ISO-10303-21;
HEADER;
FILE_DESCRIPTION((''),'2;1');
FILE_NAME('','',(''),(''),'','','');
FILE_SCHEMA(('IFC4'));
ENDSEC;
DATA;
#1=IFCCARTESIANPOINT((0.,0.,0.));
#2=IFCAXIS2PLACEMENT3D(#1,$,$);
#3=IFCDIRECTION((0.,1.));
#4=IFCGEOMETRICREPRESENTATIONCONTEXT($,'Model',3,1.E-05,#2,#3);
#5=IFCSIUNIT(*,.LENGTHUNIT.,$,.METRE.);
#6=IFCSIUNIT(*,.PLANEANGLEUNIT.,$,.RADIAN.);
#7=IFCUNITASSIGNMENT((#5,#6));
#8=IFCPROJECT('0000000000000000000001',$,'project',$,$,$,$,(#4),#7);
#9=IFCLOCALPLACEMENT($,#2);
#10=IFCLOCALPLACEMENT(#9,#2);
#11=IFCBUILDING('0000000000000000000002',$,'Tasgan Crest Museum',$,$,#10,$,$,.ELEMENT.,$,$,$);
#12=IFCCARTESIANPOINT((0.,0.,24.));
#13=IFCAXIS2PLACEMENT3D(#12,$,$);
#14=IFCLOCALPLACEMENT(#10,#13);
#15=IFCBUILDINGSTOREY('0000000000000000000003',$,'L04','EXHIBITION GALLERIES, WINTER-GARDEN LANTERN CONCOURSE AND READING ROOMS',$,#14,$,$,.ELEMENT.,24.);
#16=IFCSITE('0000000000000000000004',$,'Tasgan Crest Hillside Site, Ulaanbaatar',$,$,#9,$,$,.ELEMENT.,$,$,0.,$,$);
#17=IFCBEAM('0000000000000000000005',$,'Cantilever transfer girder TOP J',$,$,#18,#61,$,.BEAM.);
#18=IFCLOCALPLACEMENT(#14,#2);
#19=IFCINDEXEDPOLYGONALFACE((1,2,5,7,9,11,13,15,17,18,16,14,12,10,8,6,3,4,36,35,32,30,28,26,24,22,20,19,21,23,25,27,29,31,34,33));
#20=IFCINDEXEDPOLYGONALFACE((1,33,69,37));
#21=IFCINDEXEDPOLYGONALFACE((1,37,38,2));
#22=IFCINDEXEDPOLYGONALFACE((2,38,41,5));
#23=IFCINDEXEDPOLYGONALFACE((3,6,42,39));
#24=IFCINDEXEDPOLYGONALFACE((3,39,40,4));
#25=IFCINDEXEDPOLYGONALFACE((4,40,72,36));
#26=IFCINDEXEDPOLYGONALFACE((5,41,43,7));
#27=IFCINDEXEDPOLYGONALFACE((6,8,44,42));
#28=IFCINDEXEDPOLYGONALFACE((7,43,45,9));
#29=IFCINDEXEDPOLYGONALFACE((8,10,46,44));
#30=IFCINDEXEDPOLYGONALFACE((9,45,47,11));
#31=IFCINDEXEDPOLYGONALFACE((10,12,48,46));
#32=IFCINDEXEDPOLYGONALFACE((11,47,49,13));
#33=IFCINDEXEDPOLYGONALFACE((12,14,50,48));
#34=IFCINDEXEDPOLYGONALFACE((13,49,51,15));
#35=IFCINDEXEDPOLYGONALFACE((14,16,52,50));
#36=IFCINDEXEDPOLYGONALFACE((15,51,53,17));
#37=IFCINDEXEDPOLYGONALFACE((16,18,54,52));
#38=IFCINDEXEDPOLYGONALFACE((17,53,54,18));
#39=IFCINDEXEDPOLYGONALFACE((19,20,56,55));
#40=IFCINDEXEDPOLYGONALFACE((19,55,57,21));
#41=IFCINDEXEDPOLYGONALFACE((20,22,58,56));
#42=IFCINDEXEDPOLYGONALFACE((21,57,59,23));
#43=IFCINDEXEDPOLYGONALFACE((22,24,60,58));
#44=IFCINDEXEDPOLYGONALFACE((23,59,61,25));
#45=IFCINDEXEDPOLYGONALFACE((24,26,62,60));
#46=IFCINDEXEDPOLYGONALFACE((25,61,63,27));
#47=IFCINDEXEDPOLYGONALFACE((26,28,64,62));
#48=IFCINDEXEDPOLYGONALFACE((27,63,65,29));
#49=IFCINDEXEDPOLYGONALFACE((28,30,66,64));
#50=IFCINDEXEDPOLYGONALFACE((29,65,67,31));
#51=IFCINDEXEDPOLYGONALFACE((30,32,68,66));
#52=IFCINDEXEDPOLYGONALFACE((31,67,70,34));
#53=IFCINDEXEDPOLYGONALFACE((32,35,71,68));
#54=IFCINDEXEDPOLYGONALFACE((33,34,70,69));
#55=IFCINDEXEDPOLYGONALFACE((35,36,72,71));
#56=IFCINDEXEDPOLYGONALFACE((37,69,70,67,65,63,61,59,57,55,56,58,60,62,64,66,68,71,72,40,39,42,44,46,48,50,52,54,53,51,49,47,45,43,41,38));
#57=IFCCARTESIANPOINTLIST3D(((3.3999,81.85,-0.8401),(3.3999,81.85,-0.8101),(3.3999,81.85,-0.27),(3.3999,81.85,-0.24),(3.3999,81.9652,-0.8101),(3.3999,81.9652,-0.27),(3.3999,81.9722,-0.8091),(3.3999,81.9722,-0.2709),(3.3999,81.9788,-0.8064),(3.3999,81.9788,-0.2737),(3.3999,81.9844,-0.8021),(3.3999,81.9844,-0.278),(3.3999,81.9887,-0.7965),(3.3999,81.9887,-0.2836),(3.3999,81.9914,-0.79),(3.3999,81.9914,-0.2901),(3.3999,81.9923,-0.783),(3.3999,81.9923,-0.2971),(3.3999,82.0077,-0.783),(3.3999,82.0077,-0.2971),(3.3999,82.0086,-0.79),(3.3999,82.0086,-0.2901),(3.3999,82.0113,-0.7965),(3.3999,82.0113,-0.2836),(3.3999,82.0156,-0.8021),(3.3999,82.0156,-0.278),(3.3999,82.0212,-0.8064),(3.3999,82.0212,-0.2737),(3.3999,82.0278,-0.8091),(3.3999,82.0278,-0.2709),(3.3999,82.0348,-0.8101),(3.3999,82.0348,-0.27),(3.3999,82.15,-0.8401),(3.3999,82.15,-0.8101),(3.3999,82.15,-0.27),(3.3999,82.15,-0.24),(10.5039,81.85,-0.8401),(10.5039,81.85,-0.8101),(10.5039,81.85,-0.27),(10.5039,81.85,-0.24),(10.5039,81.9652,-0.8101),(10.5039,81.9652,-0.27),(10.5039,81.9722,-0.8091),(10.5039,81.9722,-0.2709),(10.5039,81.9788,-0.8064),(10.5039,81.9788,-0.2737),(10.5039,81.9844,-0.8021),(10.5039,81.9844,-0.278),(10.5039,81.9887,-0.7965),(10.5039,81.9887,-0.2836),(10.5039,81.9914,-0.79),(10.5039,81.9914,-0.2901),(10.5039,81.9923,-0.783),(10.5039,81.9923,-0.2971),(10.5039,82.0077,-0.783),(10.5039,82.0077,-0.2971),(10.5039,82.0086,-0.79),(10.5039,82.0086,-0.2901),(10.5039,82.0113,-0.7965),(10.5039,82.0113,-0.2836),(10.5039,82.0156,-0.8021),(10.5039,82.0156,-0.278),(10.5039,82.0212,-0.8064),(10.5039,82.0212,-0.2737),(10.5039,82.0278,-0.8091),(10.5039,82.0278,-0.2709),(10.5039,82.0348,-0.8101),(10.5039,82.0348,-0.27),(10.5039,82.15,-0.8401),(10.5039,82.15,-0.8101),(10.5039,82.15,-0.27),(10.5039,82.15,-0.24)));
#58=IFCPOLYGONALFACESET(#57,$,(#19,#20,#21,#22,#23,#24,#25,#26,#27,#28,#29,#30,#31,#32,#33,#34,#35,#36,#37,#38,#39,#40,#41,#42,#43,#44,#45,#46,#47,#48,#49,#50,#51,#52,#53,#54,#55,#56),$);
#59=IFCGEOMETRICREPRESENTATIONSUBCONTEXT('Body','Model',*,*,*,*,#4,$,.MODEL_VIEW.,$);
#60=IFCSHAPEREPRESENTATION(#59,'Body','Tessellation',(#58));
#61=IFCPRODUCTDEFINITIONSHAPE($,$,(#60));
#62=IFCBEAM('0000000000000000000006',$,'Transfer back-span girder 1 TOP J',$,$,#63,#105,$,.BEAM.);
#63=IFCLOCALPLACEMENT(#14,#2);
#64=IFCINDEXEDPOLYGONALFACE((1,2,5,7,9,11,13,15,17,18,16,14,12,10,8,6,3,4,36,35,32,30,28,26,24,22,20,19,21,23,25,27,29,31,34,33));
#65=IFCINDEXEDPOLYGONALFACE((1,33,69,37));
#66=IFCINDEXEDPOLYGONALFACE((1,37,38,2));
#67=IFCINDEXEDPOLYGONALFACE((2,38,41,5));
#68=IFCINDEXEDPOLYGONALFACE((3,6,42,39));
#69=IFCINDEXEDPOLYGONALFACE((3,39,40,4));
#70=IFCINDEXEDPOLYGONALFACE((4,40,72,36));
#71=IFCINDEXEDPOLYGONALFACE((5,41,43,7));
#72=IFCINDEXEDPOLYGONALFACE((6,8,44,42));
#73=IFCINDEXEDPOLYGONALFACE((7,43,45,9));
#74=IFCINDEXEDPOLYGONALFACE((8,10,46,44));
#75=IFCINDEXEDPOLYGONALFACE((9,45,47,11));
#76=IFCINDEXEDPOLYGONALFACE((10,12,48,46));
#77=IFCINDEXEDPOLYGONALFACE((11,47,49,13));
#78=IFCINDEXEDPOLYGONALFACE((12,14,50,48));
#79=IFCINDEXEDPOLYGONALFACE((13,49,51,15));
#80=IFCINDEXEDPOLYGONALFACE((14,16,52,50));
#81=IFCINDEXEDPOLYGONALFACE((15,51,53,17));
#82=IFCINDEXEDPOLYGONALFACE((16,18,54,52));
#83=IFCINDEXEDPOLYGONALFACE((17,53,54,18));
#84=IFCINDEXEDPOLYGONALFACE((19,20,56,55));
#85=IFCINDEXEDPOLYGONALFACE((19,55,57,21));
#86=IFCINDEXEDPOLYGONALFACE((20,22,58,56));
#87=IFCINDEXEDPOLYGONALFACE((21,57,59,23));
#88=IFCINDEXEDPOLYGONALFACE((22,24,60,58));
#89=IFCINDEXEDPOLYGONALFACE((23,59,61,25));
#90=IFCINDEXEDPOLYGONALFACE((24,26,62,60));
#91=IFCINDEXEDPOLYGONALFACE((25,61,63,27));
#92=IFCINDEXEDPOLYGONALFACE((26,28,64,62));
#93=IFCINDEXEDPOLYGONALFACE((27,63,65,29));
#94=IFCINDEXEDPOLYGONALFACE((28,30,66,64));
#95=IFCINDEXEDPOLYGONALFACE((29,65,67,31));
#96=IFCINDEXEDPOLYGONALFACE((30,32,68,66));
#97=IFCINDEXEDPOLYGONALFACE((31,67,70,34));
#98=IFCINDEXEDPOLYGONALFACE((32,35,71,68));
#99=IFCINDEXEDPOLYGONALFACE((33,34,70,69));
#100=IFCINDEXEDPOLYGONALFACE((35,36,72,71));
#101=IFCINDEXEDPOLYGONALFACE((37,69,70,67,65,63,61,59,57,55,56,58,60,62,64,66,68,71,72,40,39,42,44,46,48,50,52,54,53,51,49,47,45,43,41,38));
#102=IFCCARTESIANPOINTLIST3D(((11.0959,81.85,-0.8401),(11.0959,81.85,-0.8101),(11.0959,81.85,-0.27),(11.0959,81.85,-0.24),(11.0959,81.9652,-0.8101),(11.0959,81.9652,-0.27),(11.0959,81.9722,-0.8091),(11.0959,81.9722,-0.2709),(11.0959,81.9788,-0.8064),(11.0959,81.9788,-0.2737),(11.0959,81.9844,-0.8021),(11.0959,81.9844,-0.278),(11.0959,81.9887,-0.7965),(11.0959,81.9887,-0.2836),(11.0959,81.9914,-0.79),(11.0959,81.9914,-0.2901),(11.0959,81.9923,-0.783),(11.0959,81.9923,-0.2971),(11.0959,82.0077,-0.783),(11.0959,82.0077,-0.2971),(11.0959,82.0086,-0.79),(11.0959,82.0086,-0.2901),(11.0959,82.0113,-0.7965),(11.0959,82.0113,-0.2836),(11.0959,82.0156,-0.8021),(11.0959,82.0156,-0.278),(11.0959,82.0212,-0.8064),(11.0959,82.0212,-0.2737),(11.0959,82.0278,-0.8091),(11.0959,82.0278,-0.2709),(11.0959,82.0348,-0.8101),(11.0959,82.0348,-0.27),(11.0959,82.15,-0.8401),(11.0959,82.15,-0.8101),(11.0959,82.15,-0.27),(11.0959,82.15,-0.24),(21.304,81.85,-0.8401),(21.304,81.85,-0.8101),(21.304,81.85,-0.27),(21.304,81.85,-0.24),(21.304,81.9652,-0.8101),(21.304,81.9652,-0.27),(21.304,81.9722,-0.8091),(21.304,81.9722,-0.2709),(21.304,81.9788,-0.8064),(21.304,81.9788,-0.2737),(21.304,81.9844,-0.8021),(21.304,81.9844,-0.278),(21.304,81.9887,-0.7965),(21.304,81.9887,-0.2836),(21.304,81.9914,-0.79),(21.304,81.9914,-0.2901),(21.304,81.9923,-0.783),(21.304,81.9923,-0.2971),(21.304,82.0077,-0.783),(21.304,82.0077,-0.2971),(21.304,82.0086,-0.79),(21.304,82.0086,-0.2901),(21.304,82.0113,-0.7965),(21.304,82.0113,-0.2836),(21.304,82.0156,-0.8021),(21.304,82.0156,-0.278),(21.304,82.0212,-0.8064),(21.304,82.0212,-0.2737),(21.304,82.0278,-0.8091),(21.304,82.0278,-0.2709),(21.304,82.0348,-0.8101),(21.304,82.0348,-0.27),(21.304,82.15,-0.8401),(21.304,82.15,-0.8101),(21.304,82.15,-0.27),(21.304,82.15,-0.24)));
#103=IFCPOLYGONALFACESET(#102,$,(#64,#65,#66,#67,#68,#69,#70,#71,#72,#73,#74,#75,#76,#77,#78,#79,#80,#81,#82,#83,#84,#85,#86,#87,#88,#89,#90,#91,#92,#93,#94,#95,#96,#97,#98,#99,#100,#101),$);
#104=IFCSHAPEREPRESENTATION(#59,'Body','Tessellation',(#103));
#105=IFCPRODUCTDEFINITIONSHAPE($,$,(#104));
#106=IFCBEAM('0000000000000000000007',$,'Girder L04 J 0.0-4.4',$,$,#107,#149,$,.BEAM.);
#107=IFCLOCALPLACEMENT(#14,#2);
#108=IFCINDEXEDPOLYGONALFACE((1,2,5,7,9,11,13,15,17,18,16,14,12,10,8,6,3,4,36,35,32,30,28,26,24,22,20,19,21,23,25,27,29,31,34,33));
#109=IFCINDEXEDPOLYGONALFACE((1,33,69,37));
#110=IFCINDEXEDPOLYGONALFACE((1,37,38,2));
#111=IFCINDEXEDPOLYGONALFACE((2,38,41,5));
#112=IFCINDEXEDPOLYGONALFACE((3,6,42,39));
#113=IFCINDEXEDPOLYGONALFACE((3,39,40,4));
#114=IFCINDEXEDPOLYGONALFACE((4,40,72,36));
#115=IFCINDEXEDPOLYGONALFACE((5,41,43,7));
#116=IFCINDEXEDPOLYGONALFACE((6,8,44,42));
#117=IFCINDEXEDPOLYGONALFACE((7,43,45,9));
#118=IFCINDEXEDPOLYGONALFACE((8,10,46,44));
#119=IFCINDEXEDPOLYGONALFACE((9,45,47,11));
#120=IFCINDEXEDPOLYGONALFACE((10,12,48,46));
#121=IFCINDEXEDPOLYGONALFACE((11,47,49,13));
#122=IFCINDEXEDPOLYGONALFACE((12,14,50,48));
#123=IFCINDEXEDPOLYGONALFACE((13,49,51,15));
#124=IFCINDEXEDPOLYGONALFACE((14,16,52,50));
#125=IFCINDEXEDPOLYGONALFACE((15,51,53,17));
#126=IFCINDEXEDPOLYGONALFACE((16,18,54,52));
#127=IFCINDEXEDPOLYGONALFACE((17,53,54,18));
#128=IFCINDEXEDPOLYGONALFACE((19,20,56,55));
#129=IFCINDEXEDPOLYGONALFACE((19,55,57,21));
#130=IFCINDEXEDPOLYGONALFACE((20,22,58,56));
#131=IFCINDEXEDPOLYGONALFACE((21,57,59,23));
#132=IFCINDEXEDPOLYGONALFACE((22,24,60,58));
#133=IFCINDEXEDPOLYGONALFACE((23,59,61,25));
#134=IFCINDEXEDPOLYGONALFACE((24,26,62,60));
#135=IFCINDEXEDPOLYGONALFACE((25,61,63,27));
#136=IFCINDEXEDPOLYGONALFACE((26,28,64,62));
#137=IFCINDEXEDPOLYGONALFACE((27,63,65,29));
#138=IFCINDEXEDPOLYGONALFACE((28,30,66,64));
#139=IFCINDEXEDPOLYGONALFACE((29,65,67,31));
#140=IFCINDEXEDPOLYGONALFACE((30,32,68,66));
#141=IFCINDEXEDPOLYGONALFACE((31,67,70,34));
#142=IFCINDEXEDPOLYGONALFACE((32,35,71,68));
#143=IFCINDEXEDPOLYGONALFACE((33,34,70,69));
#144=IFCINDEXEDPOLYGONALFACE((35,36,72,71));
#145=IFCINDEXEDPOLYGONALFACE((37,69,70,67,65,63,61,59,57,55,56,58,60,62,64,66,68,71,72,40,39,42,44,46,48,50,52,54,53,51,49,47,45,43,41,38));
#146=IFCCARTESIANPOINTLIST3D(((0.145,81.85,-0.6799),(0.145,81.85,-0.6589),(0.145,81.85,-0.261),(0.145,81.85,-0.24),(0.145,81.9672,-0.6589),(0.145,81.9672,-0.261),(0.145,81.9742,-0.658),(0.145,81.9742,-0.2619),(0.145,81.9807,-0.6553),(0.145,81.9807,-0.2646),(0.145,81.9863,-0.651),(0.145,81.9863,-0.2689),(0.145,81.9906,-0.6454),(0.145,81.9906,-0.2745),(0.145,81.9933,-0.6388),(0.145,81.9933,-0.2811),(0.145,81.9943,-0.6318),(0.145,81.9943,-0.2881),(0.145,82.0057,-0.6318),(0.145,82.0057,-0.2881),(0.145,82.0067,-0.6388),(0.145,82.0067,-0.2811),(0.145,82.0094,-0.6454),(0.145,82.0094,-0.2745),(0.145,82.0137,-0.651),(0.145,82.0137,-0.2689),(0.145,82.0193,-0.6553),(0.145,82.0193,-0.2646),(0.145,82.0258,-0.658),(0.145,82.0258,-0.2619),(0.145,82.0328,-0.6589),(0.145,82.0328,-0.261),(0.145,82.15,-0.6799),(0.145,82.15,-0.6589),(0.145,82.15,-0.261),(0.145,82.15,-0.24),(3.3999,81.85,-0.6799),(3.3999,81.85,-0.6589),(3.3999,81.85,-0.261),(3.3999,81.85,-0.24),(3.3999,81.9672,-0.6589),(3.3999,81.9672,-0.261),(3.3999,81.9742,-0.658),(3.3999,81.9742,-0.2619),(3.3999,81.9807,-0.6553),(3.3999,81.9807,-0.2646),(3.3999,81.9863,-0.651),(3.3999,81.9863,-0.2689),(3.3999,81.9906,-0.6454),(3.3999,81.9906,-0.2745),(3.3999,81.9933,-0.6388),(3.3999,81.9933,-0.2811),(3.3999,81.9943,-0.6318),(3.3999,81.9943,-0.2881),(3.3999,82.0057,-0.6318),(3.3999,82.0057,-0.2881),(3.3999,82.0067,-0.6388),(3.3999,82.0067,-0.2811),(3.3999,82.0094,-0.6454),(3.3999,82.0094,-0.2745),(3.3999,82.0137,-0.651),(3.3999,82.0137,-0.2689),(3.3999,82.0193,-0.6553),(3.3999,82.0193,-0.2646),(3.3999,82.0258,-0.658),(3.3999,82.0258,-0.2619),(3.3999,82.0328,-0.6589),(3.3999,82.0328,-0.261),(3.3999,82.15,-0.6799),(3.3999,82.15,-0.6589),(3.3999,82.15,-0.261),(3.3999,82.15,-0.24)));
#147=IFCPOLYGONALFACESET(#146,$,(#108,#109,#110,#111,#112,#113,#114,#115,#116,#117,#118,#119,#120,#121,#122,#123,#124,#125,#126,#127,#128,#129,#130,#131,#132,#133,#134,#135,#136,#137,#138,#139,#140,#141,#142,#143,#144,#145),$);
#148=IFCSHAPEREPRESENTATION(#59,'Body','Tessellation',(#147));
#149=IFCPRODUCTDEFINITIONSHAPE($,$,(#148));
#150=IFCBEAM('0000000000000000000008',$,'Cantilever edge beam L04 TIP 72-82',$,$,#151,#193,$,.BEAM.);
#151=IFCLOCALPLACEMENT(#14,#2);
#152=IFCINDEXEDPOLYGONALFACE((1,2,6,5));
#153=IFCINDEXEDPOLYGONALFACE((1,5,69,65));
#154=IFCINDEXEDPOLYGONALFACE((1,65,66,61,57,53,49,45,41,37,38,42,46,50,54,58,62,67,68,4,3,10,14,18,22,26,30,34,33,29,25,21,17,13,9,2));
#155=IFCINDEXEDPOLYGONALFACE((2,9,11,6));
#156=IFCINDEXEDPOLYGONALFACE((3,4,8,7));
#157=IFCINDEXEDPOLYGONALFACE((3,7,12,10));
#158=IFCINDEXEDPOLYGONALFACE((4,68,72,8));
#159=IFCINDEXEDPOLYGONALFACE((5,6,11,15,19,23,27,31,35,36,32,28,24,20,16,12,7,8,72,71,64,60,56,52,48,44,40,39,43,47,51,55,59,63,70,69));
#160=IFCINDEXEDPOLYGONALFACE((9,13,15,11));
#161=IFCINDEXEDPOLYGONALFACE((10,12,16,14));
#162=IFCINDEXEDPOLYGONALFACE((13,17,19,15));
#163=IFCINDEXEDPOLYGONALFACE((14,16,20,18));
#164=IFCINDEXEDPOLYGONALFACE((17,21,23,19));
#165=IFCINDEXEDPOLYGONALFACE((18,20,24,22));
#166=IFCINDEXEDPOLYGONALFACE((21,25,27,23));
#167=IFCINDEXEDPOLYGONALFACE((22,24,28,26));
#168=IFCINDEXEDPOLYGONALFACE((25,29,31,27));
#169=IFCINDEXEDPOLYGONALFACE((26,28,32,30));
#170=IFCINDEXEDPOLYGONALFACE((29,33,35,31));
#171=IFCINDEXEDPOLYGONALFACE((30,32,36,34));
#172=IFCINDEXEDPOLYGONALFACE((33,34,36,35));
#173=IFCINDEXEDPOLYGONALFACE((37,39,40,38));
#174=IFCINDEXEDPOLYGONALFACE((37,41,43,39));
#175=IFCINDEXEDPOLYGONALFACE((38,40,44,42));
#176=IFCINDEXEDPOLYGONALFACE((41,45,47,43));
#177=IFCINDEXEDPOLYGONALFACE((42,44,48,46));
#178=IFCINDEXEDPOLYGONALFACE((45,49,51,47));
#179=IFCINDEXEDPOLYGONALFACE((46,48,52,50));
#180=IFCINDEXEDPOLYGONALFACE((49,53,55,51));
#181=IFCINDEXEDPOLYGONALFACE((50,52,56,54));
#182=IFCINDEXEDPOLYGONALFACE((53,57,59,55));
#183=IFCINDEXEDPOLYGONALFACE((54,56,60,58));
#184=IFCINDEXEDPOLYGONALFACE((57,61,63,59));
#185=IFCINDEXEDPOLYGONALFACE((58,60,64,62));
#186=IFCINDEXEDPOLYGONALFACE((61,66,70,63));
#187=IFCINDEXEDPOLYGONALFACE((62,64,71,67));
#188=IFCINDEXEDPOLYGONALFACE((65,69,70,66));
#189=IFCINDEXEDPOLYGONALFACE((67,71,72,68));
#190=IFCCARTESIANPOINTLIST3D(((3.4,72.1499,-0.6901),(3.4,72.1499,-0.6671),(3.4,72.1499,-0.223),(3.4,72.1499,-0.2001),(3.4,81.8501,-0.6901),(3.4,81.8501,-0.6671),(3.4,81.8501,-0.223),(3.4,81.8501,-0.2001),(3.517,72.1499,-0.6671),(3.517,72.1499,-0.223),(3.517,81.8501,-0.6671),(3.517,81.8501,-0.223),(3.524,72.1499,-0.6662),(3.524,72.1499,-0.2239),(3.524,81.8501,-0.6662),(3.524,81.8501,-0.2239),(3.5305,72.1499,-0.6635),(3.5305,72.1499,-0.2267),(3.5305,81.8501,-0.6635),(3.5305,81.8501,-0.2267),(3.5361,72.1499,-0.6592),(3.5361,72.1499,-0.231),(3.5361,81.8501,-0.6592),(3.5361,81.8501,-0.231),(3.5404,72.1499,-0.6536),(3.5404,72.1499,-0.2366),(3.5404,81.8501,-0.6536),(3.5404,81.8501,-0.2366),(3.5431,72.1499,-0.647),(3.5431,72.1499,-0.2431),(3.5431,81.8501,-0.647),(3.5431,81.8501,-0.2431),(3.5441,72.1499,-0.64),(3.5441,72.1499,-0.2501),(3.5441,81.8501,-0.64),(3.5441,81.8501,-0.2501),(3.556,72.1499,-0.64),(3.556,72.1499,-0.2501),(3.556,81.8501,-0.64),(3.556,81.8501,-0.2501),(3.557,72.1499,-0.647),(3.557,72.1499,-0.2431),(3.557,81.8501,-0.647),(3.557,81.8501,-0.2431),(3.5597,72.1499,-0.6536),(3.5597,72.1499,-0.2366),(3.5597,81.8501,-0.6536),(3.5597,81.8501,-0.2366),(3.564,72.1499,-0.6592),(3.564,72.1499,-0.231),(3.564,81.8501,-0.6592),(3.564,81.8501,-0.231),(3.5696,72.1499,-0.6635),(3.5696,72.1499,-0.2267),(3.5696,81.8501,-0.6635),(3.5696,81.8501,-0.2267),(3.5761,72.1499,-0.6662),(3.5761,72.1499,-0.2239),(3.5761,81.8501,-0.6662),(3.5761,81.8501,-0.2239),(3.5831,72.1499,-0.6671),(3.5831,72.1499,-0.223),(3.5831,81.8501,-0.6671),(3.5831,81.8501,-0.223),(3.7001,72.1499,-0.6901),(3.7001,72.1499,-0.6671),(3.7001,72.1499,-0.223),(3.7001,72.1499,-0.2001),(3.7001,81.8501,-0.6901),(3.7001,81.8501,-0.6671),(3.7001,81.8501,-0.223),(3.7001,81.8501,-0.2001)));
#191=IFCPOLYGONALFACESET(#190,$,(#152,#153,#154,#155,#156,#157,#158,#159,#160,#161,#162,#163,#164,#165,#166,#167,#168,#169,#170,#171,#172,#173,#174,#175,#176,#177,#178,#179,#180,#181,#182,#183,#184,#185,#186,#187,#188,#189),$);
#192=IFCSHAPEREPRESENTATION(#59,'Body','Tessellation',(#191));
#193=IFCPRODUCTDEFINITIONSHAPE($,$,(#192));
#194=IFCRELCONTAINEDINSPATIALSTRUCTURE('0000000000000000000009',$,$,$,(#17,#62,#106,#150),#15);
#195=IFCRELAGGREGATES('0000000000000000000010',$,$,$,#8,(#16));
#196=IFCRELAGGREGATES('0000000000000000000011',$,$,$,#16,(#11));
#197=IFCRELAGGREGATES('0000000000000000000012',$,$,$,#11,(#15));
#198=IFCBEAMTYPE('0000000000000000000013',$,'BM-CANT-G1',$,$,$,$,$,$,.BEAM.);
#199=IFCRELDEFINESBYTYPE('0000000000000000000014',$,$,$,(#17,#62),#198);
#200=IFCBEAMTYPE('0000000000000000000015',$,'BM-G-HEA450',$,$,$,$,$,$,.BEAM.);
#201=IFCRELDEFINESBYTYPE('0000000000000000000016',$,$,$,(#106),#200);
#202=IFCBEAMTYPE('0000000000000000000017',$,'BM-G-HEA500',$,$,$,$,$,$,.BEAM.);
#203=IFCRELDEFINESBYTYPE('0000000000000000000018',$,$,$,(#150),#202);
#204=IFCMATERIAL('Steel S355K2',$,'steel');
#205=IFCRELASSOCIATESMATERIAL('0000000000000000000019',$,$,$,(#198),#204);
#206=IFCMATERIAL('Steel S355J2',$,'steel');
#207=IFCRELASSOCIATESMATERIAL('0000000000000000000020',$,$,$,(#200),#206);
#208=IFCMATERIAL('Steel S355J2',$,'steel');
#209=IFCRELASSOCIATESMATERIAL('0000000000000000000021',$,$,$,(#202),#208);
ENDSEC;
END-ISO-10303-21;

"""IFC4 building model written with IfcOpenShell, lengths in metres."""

from ifc_helpers import new_model, si_unit, direction, frame, origin, origin_2d, place, context, subcontext, project, spatial, i_section, extrude, material, material_profile, profile_set, type_object, element, save


model = new_model("IFC4")

# Units and contexts
model_context = context("Model", 3, precision=1e-05, world=origin(), true_north=direction((0.0, 1.0)))
body_context = subcontext(model_context, "Body", "Model", "MODEL_VIEW")
ifc_project = project(units=[si_unit("LENGTHUNIT", "METRE"), si_unit("PLANEANGLEUNIT", "RADIAN")], contexts=[model_context])

# Site, building, storey
site_placement = place(None, origin())
site = spatial("IfcSite", under=ifc_project, at=site_placement, Name="Tasgan Crest Hillside Site, Ulaanbaatar", CompositionType="ELEMENT", RefElevation=0.0)
building_placement = place(site_placement, origin())
building = spatial("IfcBuilding", under=site, at=building_placement, Name="Tasgan Crest Museum", CompositionType="ELEMENT")
storey_placement = place(building_placement, frame((0.0, 0.0, 24.0)))
storey = spatial("IfcBuildingStorey", under=building, at=storey_placement, Name="L04", Description="EXHIBITION GALLERIES, WINTER-GARDEN LANTERN CONCOURSE AND READING ROOMS", CompositionType="ELEMENT", Elevation=24.0)

# Beams
ifc_material_1 = material(Name="Steel S355K2", Category="steel")
ifc_material_profile_1 = material_profile(ifc_material_1, i_section(OverallWidth=0.3, OverallDepth=0.6001, WebThickness=0.0154, FlangeThickness=0.03, FilletRadius=0.0271, at=origin_2d()), Name="HEB 600")
ifc_profile_set_1 = profile_set([ifc_material_profile_1], Name="Steel S355K2")
beam_type_1 = type_object("IfcBeamType", Name="BM-CANT-G1", PredefinedType="BEAM", material=ifc_profile_set_1)
beam_1_placement = place(storey_placement, frame((3.3999, 82.0, -0.54), z_axis=(1.0, 0.0, 0.0), x_axis=(0.0, 1.0, 0.0)))
element("IfcBeam", 1, at=beam_1_placement, inside=storey, type_object=beam_type_1, Name="Cantilever transfer girder TOP J", PredefinedType="BEAM", context=body_context, shape_type="SweptSolid", body=[
    extrude(i_section(OverallWidth=0.3, OverallDepth=0.6001, WebThickness=0.0154, FlangeThickness=0.03, FilletRadius=0.0271, at=origin_2d()), origin(), (0.0, 0.0, 1.0), 7.104),
])
beam_2_placement = place(storey_placement, frame((11.0959, 82.0, -0.54), z_axis=(1.0, 0.0, 0.0), x_axis=(0.0, 1.0, 0.0)))
element("IfcBeam", 2, at=beam_2_placement, inside=storey, type_object=beam_type_1, Name="Transfer back-span girder 1 TOP J", PredefinedType="BEAM", context=body_context, shape_type="SweptSolid", body=[
    extrude(i_section(OverallWidth=0.3, OverallDepth=0.6001, WebThickness=0.0154, FlangeThickness=0.03, FilletRadius=0.0271, at=origin_2d()), origin(), (0.0, 0.0, 1.0), 10.208),
])
ifc_material_2 = material(Name="Steel S355J2", Category="steel")
ifc_material_profile_2 = material_profile(ifc_material_2, i_section(OverallWidth=0.3, OverallDepth=0.4399, WebThickness=0.0115, FlangeThickness=0.021, FilletRadius=0.0271, at=origin_2d()), Name="HEA 450")
ifc_profile_set_2 = profile_set([ifc_material_profile_2], Name="Steel S355J2")
beam_type_2 = type_object("IfcBeamType", Name="BM-G-HEA450", PredefinedType="BEAM", material=ifc_profile_set_2)
beam_3_placement = place(storey_placement, frame((0.145, 82.0, -0.46), z_axis=(1.0, 0.0, 0.0), x_axis=(0.0, 1.0, 0.0)))
element("IfcBeam", 3, at=beam_3_placement, inside=storey, type_object=beam_type_2, Name="Girder L04 J 0.0-4.4", PredefinedType="BEAM", context=body_context, shape_type="SweptSolid", body=[
    extrude(i_section(OverallWidth=0.3, OverallDepth=0.4399, WebThickness=0.0115, FlangeThickness=0.021, FilletRadius=0.0271, at=origin_2d()), origin(), (0.0, 0.0, 1.0), 3.2549),
])
ifc_material_3 = material(Name="Steel S355J2", Category="steel")
ifc_material_profile_3 = material_profile(ifc_material_3, i_section(OverallWidth=0.3, OverallDepth=0.49, WebThickness=0.012, FlangeThickness=0.0229, FilletRadius=0.0271, at=origin_2d()), Name="HEA 500")
ifc_profile_set_3 = profile_set([ifc_material_profile_3], Name="Steel S355J2")
beam_type_3 = type_object("IfcBeamType", Name="BM-G-HEA500", PredefinedType="BEAM", material=ifc_profile_set_3)
for number, where, z_axis, x_axis, name in (
    (4, (3.55, 72.1499, -0.4451), (0.0, 1.0, 0.0), (-1.0, 0.0, 0.0), "Cantilever edge beam L04 TIP 72-82"),
):
    element("IfcBeam", number, at=place(storey_placement, frame(where, z_axis=z_axis, x_axis=x_axis)), inside=storey, type_object=beam_type_3, Name=name, PredefinedType="BEAM", context=body_context, shape_type="SweptSolid", body=[
        extrude(i_section(OverallWidth=0.3, OverallDepth=0.49, WebThickness=0.012, FlangeThickness=0.0229, FilletRadius=0.0271, at=origin_2d()), origin(), (0.0, 0.0, 1.0), 9.7002),
    ])

save(model, "model.ifc")
